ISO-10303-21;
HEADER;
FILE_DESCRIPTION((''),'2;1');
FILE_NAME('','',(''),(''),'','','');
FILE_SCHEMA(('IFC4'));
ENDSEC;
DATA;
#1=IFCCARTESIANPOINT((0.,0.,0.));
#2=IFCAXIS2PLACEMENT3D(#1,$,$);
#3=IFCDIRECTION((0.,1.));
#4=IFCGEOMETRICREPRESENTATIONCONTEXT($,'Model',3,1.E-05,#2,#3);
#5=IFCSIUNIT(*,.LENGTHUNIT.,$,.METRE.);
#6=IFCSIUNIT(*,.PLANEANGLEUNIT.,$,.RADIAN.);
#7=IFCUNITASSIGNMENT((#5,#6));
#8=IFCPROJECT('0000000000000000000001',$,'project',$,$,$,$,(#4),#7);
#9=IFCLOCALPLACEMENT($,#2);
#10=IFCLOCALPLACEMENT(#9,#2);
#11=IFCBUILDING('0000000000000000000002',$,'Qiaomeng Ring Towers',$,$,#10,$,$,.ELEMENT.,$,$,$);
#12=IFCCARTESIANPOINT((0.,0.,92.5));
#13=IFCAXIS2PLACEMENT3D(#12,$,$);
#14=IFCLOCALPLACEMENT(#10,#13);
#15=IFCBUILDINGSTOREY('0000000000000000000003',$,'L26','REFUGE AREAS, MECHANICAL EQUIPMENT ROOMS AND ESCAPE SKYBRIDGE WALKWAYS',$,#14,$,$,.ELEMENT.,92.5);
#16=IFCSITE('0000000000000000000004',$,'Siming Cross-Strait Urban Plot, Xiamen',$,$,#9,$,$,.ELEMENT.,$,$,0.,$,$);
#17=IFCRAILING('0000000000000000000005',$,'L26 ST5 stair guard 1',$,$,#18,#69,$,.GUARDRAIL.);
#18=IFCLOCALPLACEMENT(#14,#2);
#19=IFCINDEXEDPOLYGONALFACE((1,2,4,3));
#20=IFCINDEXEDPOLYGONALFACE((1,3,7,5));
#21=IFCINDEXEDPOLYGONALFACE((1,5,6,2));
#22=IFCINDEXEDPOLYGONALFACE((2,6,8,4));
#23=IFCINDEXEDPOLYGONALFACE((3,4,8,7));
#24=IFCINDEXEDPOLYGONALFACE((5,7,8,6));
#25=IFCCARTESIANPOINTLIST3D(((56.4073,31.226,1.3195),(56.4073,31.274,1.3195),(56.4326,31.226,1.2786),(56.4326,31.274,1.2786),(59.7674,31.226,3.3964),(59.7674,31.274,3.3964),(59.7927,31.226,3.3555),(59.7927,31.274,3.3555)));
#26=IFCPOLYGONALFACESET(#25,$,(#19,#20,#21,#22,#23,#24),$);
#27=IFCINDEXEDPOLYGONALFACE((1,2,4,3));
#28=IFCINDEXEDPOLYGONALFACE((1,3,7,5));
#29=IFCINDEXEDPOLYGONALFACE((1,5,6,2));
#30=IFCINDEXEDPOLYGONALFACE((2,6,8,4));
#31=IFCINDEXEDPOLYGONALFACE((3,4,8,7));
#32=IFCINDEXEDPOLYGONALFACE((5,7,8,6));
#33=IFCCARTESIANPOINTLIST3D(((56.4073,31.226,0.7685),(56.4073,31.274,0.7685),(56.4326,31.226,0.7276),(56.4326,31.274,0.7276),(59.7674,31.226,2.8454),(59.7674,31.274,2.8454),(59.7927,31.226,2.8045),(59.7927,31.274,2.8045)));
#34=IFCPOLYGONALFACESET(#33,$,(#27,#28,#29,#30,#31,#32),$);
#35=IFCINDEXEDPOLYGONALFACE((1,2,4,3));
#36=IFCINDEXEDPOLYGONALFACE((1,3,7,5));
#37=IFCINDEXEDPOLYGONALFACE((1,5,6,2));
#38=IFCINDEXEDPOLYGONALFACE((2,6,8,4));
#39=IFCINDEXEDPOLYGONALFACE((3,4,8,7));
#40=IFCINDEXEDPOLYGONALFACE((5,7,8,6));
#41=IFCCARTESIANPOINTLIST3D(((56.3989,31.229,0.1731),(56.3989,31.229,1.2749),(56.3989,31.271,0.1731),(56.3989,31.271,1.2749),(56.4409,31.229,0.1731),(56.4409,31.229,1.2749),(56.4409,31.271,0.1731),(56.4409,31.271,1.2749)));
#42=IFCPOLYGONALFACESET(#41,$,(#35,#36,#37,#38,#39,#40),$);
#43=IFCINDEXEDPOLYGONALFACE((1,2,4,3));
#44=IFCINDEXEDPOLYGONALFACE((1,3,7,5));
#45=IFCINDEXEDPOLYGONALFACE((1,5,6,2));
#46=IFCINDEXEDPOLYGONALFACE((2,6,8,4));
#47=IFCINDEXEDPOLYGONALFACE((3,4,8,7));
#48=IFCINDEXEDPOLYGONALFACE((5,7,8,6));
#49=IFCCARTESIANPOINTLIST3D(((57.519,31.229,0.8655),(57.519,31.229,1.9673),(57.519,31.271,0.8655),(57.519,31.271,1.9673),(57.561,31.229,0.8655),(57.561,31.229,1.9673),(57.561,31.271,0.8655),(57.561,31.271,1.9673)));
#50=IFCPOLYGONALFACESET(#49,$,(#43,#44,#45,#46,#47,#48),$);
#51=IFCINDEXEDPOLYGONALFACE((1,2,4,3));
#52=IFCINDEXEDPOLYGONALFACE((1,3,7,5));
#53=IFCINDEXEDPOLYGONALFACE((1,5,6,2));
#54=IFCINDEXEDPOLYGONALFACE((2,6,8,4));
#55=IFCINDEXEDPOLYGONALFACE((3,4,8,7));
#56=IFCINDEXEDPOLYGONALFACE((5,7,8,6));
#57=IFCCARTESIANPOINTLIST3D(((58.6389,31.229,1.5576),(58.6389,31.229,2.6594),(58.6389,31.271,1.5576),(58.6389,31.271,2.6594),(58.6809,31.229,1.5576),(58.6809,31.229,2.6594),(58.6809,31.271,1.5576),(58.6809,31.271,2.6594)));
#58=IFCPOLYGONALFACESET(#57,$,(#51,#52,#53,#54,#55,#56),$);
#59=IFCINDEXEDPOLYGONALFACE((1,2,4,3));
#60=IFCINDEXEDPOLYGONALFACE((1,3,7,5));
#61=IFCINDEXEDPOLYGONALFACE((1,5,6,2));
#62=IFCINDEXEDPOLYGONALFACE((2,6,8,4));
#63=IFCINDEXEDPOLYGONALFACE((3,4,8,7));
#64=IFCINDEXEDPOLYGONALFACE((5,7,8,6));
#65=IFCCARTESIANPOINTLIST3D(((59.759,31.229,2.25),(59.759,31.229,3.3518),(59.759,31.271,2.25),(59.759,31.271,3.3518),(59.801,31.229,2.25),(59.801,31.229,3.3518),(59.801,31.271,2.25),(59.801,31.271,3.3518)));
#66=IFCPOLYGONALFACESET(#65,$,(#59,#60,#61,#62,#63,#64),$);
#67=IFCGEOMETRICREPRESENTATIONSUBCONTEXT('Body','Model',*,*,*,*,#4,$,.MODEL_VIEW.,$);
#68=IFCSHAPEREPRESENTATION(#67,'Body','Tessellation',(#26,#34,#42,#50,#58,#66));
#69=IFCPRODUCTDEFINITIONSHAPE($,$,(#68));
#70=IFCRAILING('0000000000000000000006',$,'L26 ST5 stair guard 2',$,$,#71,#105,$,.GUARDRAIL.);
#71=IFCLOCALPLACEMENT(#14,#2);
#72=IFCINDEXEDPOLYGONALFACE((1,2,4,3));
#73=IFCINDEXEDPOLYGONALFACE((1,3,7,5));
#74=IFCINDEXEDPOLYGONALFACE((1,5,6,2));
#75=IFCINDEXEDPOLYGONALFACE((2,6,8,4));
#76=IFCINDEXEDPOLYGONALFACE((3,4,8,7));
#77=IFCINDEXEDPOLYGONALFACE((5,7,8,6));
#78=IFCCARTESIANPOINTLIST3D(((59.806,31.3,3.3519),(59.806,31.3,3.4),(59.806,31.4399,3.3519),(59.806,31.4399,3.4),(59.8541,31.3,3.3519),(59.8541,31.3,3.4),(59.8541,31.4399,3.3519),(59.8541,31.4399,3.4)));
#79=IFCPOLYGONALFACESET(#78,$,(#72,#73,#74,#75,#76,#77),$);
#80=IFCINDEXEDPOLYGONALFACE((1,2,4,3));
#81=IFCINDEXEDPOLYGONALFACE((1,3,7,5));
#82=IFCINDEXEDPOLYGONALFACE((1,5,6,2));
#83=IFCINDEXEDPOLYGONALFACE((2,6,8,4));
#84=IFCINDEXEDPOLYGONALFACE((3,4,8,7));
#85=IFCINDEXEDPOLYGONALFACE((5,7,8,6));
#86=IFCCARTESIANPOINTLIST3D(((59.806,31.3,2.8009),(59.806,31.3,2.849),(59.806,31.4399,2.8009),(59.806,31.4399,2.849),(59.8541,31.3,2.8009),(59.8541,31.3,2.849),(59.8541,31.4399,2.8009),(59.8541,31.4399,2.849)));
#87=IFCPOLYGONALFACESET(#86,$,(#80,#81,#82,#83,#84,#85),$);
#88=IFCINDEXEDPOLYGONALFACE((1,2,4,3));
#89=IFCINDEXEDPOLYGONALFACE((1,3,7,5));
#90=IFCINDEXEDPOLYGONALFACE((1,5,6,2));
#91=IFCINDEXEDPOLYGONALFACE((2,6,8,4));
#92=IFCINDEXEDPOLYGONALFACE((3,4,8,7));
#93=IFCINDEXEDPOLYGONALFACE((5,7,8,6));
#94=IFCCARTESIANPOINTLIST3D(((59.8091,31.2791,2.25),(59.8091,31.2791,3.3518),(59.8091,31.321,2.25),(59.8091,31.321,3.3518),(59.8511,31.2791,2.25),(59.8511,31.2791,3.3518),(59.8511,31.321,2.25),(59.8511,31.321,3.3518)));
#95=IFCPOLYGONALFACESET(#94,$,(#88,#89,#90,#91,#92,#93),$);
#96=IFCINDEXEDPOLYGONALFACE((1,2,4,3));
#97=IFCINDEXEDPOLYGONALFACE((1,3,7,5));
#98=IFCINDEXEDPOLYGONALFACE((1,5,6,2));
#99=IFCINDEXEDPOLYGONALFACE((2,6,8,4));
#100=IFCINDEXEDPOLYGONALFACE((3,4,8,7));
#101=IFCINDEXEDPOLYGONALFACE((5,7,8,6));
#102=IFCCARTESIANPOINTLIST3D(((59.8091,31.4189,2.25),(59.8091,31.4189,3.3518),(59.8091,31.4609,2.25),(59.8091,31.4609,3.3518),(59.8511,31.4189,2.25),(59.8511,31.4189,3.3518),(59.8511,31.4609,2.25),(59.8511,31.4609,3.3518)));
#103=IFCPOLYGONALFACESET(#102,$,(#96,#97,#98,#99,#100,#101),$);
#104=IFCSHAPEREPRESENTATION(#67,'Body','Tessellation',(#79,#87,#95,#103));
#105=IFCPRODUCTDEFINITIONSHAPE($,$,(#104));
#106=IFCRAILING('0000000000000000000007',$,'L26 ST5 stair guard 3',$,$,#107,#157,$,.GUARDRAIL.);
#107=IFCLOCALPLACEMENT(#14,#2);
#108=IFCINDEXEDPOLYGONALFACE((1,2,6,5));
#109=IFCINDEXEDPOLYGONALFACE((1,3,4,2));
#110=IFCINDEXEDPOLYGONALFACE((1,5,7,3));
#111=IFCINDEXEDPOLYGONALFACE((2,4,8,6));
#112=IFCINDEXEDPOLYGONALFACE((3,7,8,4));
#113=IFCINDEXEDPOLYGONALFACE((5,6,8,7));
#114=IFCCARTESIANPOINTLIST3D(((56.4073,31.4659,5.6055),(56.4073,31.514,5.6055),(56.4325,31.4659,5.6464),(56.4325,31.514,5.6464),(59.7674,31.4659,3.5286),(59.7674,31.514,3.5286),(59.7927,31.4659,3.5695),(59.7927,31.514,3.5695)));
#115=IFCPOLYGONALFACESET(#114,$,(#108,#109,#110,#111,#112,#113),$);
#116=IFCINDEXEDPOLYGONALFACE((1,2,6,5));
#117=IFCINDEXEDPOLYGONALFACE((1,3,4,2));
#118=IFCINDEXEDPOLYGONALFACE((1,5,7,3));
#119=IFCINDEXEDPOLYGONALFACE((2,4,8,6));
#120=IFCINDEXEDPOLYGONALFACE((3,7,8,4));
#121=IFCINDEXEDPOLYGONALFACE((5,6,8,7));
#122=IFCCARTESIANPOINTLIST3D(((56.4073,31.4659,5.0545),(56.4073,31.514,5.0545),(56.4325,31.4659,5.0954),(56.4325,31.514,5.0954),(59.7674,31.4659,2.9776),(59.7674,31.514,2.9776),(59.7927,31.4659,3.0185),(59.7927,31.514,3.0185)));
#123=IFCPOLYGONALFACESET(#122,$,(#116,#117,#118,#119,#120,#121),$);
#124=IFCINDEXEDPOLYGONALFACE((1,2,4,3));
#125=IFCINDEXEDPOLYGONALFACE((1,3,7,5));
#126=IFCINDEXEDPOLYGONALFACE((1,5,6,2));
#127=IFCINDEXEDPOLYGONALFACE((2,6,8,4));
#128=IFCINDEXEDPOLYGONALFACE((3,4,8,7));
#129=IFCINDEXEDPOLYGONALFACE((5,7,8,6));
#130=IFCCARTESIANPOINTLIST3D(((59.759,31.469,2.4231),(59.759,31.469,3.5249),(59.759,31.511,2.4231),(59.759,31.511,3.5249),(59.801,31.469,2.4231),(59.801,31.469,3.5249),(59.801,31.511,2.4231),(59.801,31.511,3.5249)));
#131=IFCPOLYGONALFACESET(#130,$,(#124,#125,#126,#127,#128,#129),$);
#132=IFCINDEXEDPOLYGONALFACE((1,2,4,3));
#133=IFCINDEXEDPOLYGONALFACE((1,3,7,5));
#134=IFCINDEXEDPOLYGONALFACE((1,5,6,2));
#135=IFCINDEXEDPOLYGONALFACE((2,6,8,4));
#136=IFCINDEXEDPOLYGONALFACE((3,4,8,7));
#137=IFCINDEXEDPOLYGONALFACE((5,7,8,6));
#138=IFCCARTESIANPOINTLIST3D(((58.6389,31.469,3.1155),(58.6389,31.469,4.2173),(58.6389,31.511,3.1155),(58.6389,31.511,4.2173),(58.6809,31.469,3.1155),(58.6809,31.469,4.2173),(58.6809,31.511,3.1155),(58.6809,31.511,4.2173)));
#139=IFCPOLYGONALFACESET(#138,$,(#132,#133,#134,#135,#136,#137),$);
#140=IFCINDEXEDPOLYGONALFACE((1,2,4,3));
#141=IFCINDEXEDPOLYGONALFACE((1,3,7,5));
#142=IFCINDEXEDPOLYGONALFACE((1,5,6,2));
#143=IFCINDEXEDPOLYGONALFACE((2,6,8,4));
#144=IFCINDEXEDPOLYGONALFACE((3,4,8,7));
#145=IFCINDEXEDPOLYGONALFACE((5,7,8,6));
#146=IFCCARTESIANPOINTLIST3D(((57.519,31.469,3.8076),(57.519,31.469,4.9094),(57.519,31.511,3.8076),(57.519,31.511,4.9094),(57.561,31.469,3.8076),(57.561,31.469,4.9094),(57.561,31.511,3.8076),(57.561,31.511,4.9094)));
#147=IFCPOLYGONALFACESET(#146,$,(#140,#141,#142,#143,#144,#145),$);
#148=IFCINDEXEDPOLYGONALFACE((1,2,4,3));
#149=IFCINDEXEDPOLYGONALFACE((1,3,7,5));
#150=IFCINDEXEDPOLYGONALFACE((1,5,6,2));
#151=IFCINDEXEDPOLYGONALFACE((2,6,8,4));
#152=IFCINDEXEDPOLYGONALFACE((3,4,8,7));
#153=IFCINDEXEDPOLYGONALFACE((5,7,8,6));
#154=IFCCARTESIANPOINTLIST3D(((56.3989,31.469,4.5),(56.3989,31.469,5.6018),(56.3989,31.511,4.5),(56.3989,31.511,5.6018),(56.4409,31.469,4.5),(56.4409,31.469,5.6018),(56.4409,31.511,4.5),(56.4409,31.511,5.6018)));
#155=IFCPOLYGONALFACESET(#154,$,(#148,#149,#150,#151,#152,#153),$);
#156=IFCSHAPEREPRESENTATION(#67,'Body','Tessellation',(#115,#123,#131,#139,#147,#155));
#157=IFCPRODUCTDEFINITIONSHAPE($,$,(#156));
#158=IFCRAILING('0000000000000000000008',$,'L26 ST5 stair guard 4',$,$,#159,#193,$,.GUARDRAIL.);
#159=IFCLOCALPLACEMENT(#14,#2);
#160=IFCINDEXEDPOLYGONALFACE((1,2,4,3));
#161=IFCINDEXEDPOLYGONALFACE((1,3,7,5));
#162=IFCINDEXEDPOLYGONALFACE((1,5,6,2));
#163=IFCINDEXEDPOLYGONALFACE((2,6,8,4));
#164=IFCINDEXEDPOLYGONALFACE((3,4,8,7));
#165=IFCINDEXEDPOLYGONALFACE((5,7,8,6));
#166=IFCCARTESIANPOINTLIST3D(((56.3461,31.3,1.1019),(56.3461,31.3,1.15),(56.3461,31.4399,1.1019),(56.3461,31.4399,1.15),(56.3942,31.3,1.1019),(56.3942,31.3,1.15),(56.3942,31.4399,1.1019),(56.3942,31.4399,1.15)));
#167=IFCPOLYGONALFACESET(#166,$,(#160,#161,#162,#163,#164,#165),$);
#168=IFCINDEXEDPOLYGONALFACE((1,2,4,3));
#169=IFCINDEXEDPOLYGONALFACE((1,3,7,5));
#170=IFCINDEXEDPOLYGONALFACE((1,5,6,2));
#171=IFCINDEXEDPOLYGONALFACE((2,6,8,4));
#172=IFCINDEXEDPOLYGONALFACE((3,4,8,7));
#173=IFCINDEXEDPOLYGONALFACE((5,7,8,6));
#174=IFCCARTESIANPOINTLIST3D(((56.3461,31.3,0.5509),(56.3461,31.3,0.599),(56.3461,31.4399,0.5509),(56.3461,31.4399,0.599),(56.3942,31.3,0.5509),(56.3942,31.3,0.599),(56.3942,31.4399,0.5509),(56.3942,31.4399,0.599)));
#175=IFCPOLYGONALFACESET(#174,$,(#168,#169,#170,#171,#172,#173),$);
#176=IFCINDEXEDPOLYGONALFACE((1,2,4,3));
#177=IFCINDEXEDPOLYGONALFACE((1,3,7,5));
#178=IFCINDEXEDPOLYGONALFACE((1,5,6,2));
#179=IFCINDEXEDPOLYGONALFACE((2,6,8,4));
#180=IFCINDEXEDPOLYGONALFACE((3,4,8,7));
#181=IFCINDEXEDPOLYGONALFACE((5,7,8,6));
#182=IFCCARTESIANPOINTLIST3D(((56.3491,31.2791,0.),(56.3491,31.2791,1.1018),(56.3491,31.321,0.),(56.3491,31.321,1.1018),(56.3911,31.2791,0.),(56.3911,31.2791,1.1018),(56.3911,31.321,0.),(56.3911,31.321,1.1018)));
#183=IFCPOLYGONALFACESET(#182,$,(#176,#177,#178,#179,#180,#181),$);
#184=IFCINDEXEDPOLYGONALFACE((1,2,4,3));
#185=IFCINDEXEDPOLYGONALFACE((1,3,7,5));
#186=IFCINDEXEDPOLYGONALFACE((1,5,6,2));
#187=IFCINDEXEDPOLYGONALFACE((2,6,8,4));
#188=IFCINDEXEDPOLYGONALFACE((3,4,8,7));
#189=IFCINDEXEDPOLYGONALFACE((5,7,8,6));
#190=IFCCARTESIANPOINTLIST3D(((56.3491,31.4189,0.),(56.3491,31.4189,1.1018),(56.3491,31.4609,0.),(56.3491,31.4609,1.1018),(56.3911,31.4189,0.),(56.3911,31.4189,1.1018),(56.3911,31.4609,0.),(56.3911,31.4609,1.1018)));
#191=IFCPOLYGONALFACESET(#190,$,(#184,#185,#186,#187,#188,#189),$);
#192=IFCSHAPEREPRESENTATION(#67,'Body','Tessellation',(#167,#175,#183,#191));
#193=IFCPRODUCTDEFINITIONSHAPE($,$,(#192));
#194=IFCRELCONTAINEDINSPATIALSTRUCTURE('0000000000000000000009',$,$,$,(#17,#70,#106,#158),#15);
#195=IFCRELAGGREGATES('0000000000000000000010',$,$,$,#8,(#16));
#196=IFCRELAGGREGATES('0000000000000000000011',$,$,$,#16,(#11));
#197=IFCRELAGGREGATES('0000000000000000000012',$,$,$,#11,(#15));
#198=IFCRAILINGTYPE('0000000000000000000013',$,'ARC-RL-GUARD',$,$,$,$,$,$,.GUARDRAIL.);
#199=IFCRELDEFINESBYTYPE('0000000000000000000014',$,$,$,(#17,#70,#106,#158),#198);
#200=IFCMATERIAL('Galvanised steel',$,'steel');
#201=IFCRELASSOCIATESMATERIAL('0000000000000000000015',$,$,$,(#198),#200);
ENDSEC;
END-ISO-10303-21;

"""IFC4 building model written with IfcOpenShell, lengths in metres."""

from ifc_helpers import new_model, si_unit, direction, frame, origin, origin_2d, place, context, subcontext, project, spatial, rectangle, extrude, material, type_object, element, save


model = new_model("IFC4")

# Units and contexts
model_context = context("Model", 3, precision=1e-05, world=origin(), true_north=direction((0.0, 1.0)))
body_context = subcontext(model_context, "Body", "Model", "MODEL_VIEW")
ifc_project = project(units=[si_unit("LENGTHUNIT", "METRE"), si_unit("PLANEANGLEUNIT", "RADIAN")], contexts=[model_context])

# Site, building, storey
site_placement = place(None, origin())
site = spatial("IfcSite", under=ifc_project, at=site_placement, Name="Siming Cross-Strait Urban Plot, Xiamen", CompositionType="ELEMENT", RefElevation=0.0)
building_placement = place(site_placement, origin())
building = spatial("IfcBuilding", under=site, at=building_placement, Name="Qiaomeng Ring Towers", CompositionType="ELEMENT")
storey_placement = place(building_placement, frame((0.0, 0.0, 92.5)))
storey = spatial("IfcBuildingStorey", under=building, at=storey_placement, Name="L26", Description="REFUGE AREAS, MECHANICAL EQUIPMENT ROOMS AND ESCAPE SKYBRIDGE WALKWAYS", CompositionType="ELEMENT", Elevation=92.5)

# Shared definitions
ifc_material_1 = material(Name="Galvanised steel", Category="steel")

# Railings
railing_type_1 = type_object("IfcRailingType", Name="ARC-RL-GUARD", PredefinedType="GUARDRAIL", material=ifc_material_1)
railing_1_placement = place(storey_placement, frame((56.4199, 31.25, 0.1731)))
element("IfcRailing", 1, at=railing_1_placement, inside=storey, type_object=railing_type_1, Name="L26 ST5 stair guard 1", PredefinedType="GUARDRAIL", context=body_context, shape_type="SweptSolid", body=[
    extrude(rectangle(XDim=0.0481, YDim=0.0481, at=origin_2d()), frame((0.0, 0.0, 1.126), z_axis=(0.850623, 0.0, 0.525776), x_axis=(0.0, 1.0, 0.0)), (0.0, 0.0, 1.0), 3.9502),
    extrude(rectangle(XDim=0.0481, YDim=0.0481, at=origin_2d()), frame((0.0, 0.0, 0.575), z_axis=(0.850623, 0.0, 0.525776), x_axis=(0.0, 1.0, 0.0)), (0.0, 0.0, 1.0), 3.9502),
    extrude(rectangle(XDim=0.042, YDim=0.042, at=origin_2d()), origin(), (0.0, 0.0, 1.0), 1.1018),
    extrude(rectangle(XDim=0.042, YDim=0.042, at=origin_2d()), frame((1.1201, 0.0, 0.6924)), (0.0, 0.0, 1.0), 1.1018),
    extrude(rectangle(XDim=0.042, YDim=0.042, at=origin_2d()), frame((2.24, 0.0, 1.3845)), (0.0, 0.0, 1.0), 1.1018),
    extrude(rectangle(XDim=0.042, YDim=0.042, at=origin_2d()), frame((3.3601, 0.0, 2.0769)), (0.0, 0.0, 1.0), 1.1018),
])
railing_2_placement = place(storey_placement, frame((59.8301, 31.3, 2.25)))
element("IfcRailing", 2, at=railing_2_placement, inside=storey, type_object=railing_type_1, Name="L26 ST5 stair guard 2", PredefinedType="GUARDRAIL", context=body_context, shape_type="SweptSolid", body=[
    extrude(rectangle(XDim=0.0481, YDim=0.0481, at=origin_2d()), frame((0.0, 0.0, 1.126), z_axis=(0.0, 1.0, 0.0), x_axis=(-1.0, 0.0, 0.0)), (0.0, 0.0, 1.0), 0.1399),
    extrude(rectangle(XDim=0.0481, YDim=0.0481, at=origin_2d()), frame((0.0, 0.0, 0.575), z_axis=(0.0, 1.0, 0.0), x_axis=(-1.0, 0.0, 0.0)), (0.0, 0.0, 1.0), 0.1399),
    extrude(rectangle(XDim=0.042, YDim=0.042, at=origin_2d()), origin(), (0.0, 0.0, 1.0), 1.1018),
    extrude(rectangle(XDim=0.042, YDim=0.042, at=origin_2d()), frame((0.0, 0.1399, 0.0)), (0.0, 0.0, 1.0), 1.1018),
])
railing_3_placement = place(storey_placement, frame((59.78, 31.49, 2.4231)))
element("IfcRailing", 3, at=railing_3_placement, inside=storey, type_object=railing_type_1, Name="L26 ST5 stair guard 3", PredefinedType="GUARDRAIL", context=body_context, shape_type="SweptSolid", body=[
    extrude(rectangle(XDim=0.0481, YDim=0.0481, at=origin_2d()), frame((0.0, 0.0, 1.126), z_axis=(-0.850623, 0.0, 0.525776), x_axis=(0.0, -1.0, 0.0)), (0.0, 0.0, 1.0), 3.9502),
    extrude(rectangle(XDim=0.0481, YDim=0.0481, at=origin_2d()), frame((0.0, 0.0, 0.575), z_axis=(-0.850623, 0.0, 0.525776), x_axis=(0.0, -1.0, 0.0)), (0.0, 0.0, 1.0), 3.9502),
    extrude(rectangle(XDim=0.042, YDim=0.042, at=origin_2d()), origin(), (0.0, 0.0, 1.0), 1.1018),
    extrude(rectangle(XDim=0.042, YDim=0.042, at=origin_2d()), frame((-1.1201, 0.0, 0.6924)), (0.0, 0.0, 1.0), 1.1018),
    extrude(rectangle(XDim=0.042, YDim=0.042, at=origin_2d()), frame((-2.24, 0.0, 1.3845)), (0.0, 0.0, 1.0), 1.1018),
    extrude(rectangle(XDim=0.042, YDim=0.042, at=origin_2d()), frame((-3.3601, 0.0, 2.0769)), (0.0, 0.0, 1.0), 1.1018),
])
railing_4_placement = place(storey_placement, frame((56.3701, 31.3, 0.0)))
element("IfcRailing", 4, at=railing_4_placement, inside=storey, type_object=railing_type_1, Name="L26 ST5 stair guard 4", PredefinedType="GUARDRAIL", context=body_context, shape_type="SweptSolid", body=[
    extrude(rectangle(XDim=0.0481, YDim=0.0481, at=origin_2d()), frame((0.0, 0.0, 1.126), z_axis=(0.0, 1.0, 0.0), x_axis=(-1.0, 0.0, 0.0)), (0.0, 0.0, 1.0), 0.1399),
    extrude(rectangle(XDim=0.0481, YDim=0.0481, at=origin_2d()), frame((0.0, 0.0, 0.575), z_axis=(0.0, 1.0, 0.0), x_axis=(-1.0, 0.0, 0.0)), (0.0, 0.0, 1.0), 0.1399),
    extrude(rectangle(XDim=0.042, YDim=0.042, at=origin_2d()), origin(), (0.0, 0.0, 1.0), 1.1018),
    extrude(rectangle(XDim=0.042, YDim=0.042, at=origin_2d()), frame((0.0, 0.1399, 0.0)), (0.0, 0.0, 1.0), 1.1018),
])

save(model, "model.ifc")
